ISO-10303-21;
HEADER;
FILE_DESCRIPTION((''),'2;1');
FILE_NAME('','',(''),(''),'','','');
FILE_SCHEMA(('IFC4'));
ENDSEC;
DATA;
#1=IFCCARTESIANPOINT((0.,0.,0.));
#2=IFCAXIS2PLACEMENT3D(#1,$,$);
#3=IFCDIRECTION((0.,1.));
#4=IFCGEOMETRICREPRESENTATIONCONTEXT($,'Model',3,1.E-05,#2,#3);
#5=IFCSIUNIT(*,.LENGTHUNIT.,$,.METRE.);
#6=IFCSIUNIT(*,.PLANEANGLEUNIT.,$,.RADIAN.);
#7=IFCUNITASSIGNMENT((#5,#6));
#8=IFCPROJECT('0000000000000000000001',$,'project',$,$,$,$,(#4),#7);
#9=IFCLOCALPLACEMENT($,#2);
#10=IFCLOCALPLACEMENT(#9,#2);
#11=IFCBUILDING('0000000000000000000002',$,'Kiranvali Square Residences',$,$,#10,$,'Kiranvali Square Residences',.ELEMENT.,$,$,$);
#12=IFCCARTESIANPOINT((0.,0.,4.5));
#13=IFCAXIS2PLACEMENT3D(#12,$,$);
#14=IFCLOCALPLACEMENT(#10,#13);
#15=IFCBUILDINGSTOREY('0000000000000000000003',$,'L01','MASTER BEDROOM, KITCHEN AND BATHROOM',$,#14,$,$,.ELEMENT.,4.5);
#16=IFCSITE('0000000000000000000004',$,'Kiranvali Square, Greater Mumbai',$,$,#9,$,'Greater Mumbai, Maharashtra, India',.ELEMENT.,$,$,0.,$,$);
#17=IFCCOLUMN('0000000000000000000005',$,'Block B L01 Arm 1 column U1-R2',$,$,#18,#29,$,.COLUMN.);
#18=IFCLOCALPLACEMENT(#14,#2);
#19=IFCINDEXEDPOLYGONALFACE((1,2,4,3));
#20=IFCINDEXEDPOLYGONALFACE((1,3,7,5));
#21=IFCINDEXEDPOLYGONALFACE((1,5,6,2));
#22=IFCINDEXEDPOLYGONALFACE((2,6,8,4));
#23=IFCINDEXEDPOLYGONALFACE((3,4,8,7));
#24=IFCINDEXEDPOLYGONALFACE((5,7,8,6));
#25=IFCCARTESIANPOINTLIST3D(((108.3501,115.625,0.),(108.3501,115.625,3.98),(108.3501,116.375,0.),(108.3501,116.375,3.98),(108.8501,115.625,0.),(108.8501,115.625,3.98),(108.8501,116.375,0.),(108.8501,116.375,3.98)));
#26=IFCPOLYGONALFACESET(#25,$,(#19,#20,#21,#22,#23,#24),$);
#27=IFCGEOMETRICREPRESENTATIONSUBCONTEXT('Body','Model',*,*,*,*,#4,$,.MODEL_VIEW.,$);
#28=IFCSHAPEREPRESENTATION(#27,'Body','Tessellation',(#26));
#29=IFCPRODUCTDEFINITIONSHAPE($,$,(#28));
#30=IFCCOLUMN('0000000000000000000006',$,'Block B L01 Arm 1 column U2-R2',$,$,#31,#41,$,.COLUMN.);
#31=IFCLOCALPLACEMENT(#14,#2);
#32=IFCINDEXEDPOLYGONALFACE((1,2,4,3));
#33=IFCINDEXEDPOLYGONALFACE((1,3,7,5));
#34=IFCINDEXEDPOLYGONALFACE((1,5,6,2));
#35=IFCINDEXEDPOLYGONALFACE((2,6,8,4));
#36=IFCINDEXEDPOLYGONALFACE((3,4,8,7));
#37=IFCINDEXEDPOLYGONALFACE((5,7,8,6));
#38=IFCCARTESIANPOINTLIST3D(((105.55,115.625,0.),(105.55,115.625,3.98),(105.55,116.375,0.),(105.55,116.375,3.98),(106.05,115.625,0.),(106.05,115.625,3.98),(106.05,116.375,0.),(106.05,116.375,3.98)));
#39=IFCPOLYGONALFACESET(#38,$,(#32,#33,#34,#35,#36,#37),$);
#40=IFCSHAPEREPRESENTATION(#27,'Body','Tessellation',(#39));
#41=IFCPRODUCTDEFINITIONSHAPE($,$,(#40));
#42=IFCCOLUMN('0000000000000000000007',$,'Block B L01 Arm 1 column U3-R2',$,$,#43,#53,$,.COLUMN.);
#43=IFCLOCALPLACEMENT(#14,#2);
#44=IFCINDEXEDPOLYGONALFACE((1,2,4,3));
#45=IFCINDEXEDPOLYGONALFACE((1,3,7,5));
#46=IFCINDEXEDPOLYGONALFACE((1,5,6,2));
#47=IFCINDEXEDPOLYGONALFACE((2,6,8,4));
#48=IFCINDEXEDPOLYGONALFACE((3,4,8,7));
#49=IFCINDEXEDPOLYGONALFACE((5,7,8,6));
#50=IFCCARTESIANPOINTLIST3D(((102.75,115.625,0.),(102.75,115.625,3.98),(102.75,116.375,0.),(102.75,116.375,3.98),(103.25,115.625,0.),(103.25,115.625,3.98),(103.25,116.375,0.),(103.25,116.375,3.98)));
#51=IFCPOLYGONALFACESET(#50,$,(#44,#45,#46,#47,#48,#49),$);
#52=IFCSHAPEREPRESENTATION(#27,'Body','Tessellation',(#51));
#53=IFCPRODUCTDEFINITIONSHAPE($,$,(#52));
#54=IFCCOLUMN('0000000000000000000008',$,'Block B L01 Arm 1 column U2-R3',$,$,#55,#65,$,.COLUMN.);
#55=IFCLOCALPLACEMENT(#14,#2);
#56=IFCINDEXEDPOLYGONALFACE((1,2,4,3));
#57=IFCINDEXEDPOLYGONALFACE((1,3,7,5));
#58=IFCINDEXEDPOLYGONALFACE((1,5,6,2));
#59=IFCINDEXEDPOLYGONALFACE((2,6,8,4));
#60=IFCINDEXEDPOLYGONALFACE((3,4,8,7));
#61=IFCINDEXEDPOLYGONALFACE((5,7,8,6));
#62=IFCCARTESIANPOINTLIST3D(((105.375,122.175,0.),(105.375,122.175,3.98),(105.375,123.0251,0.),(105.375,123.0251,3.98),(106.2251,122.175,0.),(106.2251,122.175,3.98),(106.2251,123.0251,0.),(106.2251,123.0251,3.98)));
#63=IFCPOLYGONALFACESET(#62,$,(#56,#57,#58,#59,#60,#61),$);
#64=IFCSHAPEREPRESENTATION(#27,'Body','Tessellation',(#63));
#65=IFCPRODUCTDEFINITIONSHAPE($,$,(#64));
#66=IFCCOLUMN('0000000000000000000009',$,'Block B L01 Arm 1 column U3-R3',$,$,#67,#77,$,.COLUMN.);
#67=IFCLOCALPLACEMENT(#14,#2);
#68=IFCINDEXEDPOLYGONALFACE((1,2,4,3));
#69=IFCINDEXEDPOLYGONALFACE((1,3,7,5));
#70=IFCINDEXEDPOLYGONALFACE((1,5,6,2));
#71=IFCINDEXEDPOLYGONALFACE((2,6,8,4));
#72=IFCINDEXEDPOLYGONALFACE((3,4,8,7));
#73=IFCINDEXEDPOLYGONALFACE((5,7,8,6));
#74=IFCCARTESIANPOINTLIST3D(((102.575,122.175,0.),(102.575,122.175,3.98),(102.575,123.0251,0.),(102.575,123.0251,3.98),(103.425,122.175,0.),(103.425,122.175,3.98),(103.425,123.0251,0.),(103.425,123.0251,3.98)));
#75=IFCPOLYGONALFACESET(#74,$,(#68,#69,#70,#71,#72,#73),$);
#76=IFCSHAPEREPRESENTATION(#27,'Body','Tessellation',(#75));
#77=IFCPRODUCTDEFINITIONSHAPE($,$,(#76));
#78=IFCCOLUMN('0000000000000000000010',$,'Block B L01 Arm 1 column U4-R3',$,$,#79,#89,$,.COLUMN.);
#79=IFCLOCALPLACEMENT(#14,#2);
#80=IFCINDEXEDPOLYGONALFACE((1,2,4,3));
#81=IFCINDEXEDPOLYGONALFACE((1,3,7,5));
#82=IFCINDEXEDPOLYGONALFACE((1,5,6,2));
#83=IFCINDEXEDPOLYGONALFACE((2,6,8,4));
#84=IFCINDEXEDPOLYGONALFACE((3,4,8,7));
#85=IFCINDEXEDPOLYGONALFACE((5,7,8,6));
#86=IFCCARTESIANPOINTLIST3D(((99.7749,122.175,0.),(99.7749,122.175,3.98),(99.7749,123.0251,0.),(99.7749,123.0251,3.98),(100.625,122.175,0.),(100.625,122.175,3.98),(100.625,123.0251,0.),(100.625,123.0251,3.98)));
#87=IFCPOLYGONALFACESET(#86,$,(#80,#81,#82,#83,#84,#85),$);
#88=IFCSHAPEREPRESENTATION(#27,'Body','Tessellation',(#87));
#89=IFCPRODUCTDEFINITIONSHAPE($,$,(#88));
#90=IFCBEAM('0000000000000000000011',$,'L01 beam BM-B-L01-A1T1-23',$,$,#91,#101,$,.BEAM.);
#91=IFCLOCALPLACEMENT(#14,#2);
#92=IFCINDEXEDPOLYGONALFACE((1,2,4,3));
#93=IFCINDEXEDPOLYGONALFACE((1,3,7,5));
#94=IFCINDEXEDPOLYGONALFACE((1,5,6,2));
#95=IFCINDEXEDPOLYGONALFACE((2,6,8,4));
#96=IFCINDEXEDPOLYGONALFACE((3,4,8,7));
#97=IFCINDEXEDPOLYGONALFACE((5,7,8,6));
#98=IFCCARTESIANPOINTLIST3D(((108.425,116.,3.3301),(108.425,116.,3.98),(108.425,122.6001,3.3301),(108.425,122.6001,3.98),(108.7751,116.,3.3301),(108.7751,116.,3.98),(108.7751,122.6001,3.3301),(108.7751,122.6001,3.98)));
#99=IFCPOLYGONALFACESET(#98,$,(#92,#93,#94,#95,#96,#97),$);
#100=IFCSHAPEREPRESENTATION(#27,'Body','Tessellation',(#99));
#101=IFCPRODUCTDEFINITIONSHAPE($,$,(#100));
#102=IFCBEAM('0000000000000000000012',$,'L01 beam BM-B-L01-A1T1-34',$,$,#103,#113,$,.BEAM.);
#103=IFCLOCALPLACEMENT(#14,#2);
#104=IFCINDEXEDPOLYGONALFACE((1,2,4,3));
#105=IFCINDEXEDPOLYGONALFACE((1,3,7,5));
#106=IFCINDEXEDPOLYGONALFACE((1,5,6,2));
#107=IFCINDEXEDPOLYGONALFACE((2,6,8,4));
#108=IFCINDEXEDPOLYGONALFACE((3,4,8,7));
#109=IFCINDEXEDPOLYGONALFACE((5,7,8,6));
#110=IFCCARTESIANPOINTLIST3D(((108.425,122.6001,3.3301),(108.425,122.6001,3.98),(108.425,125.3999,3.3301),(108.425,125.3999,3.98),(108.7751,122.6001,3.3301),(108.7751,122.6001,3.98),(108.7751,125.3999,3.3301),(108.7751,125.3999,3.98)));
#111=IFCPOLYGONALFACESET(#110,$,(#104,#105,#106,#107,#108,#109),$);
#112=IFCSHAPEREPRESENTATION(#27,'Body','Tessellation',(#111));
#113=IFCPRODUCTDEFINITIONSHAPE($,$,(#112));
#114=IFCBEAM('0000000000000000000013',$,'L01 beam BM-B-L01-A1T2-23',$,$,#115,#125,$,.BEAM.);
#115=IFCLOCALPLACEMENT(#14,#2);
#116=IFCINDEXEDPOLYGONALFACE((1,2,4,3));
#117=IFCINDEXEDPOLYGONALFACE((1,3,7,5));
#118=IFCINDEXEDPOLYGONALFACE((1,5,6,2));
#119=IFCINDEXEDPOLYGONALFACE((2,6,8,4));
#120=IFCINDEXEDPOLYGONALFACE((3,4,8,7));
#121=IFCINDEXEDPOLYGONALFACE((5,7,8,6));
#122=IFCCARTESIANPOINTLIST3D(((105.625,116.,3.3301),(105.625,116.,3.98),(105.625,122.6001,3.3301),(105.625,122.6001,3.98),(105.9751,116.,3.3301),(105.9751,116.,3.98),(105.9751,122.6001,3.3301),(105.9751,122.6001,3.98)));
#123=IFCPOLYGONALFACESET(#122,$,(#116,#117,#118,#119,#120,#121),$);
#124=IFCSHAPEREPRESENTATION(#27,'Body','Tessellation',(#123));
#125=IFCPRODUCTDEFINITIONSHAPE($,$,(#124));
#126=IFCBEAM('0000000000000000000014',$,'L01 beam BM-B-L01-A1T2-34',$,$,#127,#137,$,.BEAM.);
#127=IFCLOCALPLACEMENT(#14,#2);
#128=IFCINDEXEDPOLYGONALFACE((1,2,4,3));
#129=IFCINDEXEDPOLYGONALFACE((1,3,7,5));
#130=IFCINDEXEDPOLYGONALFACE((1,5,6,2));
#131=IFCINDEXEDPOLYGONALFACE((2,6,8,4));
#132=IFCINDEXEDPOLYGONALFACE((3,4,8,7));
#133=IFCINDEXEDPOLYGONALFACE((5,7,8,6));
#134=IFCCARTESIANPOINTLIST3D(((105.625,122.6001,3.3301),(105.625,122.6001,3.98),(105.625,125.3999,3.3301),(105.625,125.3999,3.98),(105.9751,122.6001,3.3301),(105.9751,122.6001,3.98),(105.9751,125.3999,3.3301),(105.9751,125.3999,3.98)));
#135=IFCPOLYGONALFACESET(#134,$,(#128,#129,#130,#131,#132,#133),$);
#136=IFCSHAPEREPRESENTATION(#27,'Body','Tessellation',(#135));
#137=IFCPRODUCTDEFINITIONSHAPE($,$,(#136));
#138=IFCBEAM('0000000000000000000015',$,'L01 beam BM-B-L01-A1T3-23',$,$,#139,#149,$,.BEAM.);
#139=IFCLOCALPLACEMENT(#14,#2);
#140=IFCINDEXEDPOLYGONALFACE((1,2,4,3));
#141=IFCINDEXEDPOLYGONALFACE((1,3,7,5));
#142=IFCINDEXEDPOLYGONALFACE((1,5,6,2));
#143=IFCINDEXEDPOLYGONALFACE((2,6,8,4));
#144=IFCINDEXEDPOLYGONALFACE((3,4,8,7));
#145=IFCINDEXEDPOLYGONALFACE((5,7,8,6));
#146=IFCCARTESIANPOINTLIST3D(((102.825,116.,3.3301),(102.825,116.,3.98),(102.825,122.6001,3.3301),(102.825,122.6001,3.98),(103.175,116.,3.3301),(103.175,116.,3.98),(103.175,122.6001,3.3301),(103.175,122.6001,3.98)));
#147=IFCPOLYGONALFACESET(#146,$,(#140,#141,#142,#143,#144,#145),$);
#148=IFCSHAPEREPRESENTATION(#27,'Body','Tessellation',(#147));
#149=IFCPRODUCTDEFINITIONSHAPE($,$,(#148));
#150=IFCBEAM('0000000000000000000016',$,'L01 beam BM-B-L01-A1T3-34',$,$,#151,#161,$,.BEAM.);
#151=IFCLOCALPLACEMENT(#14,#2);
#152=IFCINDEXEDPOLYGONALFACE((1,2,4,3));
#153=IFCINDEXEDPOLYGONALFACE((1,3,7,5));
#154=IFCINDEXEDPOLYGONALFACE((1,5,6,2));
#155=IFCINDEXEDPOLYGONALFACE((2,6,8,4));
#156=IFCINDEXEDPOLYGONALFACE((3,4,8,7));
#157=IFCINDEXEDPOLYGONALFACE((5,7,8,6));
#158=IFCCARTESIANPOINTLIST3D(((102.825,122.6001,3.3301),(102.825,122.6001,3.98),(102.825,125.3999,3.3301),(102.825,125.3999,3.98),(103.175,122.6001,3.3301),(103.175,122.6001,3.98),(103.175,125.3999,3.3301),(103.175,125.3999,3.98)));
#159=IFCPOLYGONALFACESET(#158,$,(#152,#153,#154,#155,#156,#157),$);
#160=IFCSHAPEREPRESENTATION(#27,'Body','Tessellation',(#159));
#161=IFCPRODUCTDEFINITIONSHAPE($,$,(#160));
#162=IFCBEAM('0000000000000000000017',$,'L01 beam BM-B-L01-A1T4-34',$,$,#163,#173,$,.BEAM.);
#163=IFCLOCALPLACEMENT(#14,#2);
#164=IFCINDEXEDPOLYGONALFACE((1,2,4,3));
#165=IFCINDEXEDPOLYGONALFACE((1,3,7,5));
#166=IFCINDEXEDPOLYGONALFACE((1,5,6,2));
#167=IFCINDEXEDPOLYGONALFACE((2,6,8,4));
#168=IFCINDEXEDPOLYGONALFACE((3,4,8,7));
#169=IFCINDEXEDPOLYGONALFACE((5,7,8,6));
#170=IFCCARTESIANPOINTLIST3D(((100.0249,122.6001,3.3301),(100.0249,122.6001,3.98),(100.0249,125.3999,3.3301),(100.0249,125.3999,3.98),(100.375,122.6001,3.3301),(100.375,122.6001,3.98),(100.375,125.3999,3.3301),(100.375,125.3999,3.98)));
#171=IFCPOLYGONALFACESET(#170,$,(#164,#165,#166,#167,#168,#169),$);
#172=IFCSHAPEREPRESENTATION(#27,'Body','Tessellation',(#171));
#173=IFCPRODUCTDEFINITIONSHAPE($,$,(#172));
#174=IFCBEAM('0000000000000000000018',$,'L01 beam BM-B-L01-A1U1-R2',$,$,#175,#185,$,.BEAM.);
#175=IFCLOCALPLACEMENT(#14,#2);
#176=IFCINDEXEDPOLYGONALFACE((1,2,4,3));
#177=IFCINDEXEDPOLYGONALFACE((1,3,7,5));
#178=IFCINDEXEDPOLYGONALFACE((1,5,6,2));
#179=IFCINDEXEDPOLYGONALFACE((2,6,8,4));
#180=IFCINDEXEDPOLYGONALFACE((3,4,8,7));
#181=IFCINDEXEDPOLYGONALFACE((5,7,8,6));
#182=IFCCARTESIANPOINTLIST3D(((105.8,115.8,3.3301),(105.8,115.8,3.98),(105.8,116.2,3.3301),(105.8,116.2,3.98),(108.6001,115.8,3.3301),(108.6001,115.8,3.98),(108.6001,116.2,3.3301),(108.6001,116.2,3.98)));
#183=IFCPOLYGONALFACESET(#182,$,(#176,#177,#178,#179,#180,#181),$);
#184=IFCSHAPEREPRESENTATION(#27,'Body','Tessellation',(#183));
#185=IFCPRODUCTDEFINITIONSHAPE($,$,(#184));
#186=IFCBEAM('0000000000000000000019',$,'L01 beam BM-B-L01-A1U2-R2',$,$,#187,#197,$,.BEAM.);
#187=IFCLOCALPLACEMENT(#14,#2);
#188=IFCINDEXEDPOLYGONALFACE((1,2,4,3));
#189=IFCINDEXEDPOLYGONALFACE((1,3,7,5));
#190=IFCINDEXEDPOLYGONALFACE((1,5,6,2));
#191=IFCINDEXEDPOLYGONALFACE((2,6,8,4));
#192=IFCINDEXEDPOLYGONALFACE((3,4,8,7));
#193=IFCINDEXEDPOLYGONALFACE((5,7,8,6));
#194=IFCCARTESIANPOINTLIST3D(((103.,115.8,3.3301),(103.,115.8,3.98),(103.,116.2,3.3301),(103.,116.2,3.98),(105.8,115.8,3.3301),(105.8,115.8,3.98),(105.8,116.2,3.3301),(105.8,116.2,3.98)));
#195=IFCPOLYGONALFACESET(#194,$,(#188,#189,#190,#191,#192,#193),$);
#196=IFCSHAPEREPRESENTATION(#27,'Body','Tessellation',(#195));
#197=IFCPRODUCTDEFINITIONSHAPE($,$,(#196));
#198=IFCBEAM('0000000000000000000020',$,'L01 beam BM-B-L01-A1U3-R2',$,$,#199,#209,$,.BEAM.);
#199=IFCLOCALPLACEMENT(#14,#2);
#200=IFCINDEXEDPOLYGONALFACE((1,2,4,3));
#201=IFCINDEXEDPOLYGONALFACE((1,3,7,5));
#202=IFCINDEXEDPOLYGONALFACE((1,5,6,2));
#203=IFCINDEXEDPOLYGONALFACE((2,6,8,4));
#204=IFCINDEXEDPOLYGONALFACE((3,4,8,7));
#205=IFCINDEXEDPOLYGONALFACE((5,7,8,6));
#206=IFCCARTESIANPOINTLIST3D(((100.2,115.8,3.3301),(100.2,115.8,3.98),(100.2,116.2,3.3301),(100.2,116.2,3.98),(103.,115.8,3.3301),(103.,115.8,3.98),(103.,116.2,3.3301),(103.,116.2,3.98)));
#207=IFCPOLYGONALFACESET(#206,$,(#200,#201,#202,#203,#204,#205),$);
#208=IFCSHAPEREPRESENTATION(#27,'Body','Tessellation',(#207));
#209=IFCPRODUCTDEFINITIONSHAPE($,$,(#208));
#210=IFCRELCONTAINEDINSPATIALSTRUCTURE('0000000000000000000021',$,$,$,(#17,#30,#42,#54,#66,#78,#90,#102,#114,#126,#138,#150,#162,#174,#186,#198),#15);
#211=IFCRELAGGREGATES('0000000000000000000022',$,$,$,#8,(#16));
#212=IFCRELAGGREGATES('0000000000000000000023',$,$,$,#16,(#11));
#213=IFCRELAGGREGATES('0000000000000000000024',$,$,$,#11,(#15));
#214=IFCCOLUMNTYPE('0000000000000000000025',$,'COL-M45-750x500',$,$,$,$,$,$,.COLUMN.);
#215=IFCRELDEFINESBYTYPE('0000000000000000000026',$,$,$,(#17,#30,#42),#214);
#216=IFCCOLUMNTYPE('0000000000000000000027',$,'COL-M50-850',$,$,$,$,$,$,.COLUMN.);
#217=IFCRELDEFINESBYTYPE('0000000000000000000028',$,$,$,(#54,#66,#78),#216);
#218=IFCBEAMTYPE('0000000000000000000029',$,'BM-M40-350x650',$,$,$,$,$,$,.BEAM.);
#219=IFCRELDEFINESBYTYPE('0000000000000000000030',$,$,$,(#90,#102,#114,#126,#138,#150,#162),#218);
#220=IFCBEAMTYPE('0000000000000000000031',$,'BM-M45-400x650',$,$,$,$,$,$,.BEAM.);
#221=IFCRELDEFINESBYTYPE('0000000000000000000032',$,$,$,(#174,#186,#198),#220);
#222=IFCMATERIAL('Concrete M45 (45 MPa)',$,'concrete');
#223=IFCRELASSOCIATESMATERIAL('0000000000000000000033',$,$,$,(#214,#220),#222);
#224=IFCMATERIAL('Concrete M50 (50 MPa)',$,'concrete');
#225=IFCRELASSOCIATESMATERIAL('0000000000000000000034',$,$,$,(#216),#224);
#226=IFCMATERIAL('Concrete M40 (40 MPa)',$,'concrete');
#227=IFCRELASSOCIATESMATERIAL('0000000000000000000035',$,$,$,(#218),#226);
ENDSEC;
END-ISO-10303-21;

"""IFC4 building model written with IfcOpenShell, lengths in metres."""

from ifc_helpers import new_model, si_unit, direction, frame, origin, origin_2d, place, context, subcontext, project, spatial, rectangle, extrude, material, material_profile, profile_set, type_object, element, save


model = new_model("IFC4")

# Units and contexts
model_context = context("Model", 3, precision=1e-05, world=origin(), true_north=direction((0.0, 1.0)))
body_context = subcontext(model_context, "Body", "Model", "MODEL_VIEW")
ifc_project = project(units=[si_unit("LENGTHUNIT", "METRE"), si_unit("PLANEANGLEUNIT", "RADIAN")], contexts=[model_context])

# Site, building, storey
site_placement = place(None, origin())
site = spatial("IfcSite", under=ifc_project, at=site_placement, Name="Kiranvali Square, Greater Mumbai", LongName="Greater Mumbai, Maharashtra, India", CompositionType="ELEMENT", RefElevation=0.0)
building_placement = place(site_placement, origin())
building = spatial("IfcBuilding", under=site, at=building_placement, Name="Kiranvali Square Residences", LongName="Kiranvali Square Residences", CompositionType="ELEMENT")
storey_placement = place(building_placement, frame((0.0, 0.0, 4.5)))
storey = spatial("IfcBuildingStorey", under=building, at=storey_placement, Name="L01", Description="MASTER BEDROOM, KITCHEN AND BATHROOM", CompositionType="ELEMENT", Elevation=4.5)

# Columns
ifc_material_1 = material(Name="Concrete M45 (45 MPa)", Category="concrete")
ifc_material_profile_1 = material_profile(ifc_material_1, rectangle(XDim=0.5, YDim=0.75, at=origin_2d()), Name="RC 750x500")
ifc_profile_set_1 = profile_set([ifc_material_profile_1], Name="Concrete M45 (45 MPa)")
column_type_1 = type_object("IfcColumnType", Name="COL-M45-750x500", PredefinedType="COLUMN", material=ifc_profile_set_1)
for number, where, z_axis, x_axis, name in (
    (1, (108.6001, 116.0, 0.0), (0.0, 0.0, 1.0), (1.0, 0.0, 0.0), "Block B L01 Arm 1 column U1-R2"),
    (2, (105.8, 116.0, 0.0), (0.0, 0.0, 1.0), (1.0, 0.0, 0.0), "Block B L01 Arm 1 column U2-R2"),
    (3, (103.0, 116.0, 0.0), (0.0, 0.0, 1.0), (1.0, 0.0, 0.0), "Block B L01 Arm 1 column U3-R2"),
):
    element("IfcColumn", number, at=place(storey_placement, frame(where, z_axis=z_axis, x_axis=x_axis)), inside=storey, type_object=column_type_1, Name=name, PredefinedType="COLUMN", context=body_context, shape_type="SweptSolid", body=[
        extrude(rectangle(XDim=0.5, YDim=0.75, at=origin_2d()), origin(), (0.0, 0.0, 1.0), 3.98),
    ])
ifc_material_2 = material(Name="Concrete M50 (50 MPa)", Category="concrete")
ifc_material_profile_2 = material_profile(ifc_material_2, rectangle(XDim=0.8501, YDim=0.8501, at=origin_2d()), Name="RC 850x850")
ifc_profile_set_2 = profile_set([ifc_material_profile_2], Name="Concrete M50 (50 MPa)")
column_type_2 = type_object("IfcColumnType", Name="COL-M50-850", PredefinedType="COLUMN", material=ifc_profile_set_2)
for number, where, z_axis, x_axis, name in (
    (4, (105.8, 122.6001, 0.0), (0.0, 0.0, 1.0), (1.0, 0.0, 0.0), "Block B L01 Arm 1 column U2-R3"),
    (5, (103.0, 122.6001, 0.0), (0.0, 0.0, 1.0), (1.0, 0.0, 0.0), "Block B L01 Arm 1 column U3-R3"),
    (6, (100.2, 122.6001, 0.0), (0.0, 0.0, 1.0), (1.0, 0.0, 0.0), "Block B L01 Arm 1 column U4-R3"),
):
    element("IfcColumn", number, at=place(storey_placement, frame(where, z_axis=z_axis, x_axis=x_axis)), inside=storey, type_object=column_type_2, Name=name, PredefinedType="COLUMN", context=body_context, shape_type="SweptSolid", body=[
        extrude(rectangle(XDim=0.8501, YDim=0.8501, at=origin_2d()), origin(), (0.0, 0.0, 1.0), 3.98),
    ])

# Beams
ifc_material_3 = material(Name="Concrete M40 (40 MPa)", Category="concrete")
ifc_material_profile_3 = material_profile(ifc_material_3, rectangle(XDim=0.3501, YDim=0.6499, at=origin_2d()), Name="RC 350x650")
ifc_profile_set_3 = profile_set([ifc_material_profile_3], Name="Concrete M40 (40 MPa)")
beam_type_1 = type_object("IfcBeamType", Name="BM-M40-350x650", PredefinedType="BEAM", material=ifc_profile_set_3)
beam_1_placement = place(storey_placement, frame((108.6001, 116.0, 3.655), z_axis=(0.0, 1.0, 0.0), x_axis=(-1.0, 0.0, 0.0)))
element("IfcBeam", 7, at=beam_1_placement, inside=storey, type_object=beam_type_1, Name="L01 beam BM-B-L01-A1T1-23", PredefinedType="BEAM", context=body_context, shape_type="SweptSolid", body=[
    extrude(rectangle(XDim=0.3501, YDim=0.6499, at=origin_2d()), origin(), (0.0, 0.0, 1.0), 6.6001),
])
beam_2_placement = place(storey_placement, frame((108.6001, 122.6001, 3.655), z_axis=(0.0, 1.0, 0.0), x_axis=(-1.0, 0.0, 0.0)))
element("IfcBeam", 8, at=beam_2_placement, inside=storey, type_object=beam_type_1, Name="L01 beam BM-B-L01-A1T1-34", PredefinedType="BEAM", context=body_context, shape_type="SweptSolid", body=[
    extrude(rectangle(XDim=0.3501, YDim=0.6499, at=origin_2d()), origin(), (0.0, 0.0, 1.0), 2.7998),
])
beam_3_placement = place(storey_placement, frame((105.8, 116.0, 3.655), z_axis=(0.0, 1.0, 0.0), x_axis=(-1.0, 0.0, 0.0)))
element("IfcBeam", 9, at=beam_3_placement, inside=storey, type_object=beam_type_1, Name="L01 beam BM-B-L01-A1T2-23", PredefinedType="BEAM", context=body_context, shape_type="SweptSolid", body=[
    extrude(rectangle(XDim=0.3501, YDim=0.6499, at=origin_2d()), origin(), (0.0, 0.0, 1.0), 6.6001),
])
beam_4_placement = place(storey_placement, frame((105.8, 122.6001, 3.655), z_axis=(0.0, 1.0, 0.0), x_axis=(-1.0, 0.0, 0.0)))
element("IfcBeam", 10, at=beam_4_placement, inside=storey, type_object=beam_type_1, Name="L01 beam BM-B-L01-A1T2-34", PredefinedType="BEAM", context=body_context, shape_type="SweptSolid", body=[
    extrude(rectangle(XDim=0.3501, YDim=0.6499, at=origin_2d()), origin(), (0.0, 0.0, 1.0), 2.7998),
])
beam_5_placement = place(storey_placement, frame((103.0, 116.0, 3.655), z_axis=(0.0, 1.0, 0.0), x_axis=(-1.0, 0.0, 0.0)))
element("IfcBeam", 11, at=beam_5_placement, inside=storey, type_object=beam_type_1, Name="L01 beam BM-B-L01-A1T3-23", PredefinedType="BEAM", context=body_context, shape_type="SweptSolid", body=[
    extrude(rectangle(XDim=0.3501, YDim=0.6499, at=origin_2d()), origin(), (0.0, 0.0, 1.0), 6.6001),
])
for number, where, z_axis, x_axis, name in (
    (12, (103.0, 122.6001, 3.655), (0.0, 1.0, 0.0), (-1.0, 0.0, 0.0), "L01 beam BM-B-L01-A1T3-34"),
    (13, (100.2, 122.6001, 3.655), (0.0, 1.0, 0.0), (-1.0, 0.0, 0.0), "L01 beam BM-B-L01-A1T4-34"),
):
    element("IfcBeam", number, at=place(storey_placement, frame(where, z_axis=z_axis, x_axis=x_axis)), inside=storey, type_object=beam_type_1, Name=name, PredefinedType="BEAM", context=body_context, shape_type="SweptSolid", body=[
        extrude(rectangle(XDim=0.3501, YDim=0.6499, at=origin_2d()), origin(), (0.0, 0.0, 1.0), 2.7998),
    ])
ifc_material_profile_4 = material_profile(ifc_material_1, rectangle(XDim=0.3999, YDim=0.6499, at=origin_2d()), Name="RC 400x650")
ifc_profile_set_4 = profile_set([ifc_material_profile_4], Name="Concrete M45 (45 MPa)")
beam_type_2 = type_object("IfcBeamType", Name="BM-M45-400x650", PredefinedType="BEAM", material=ifc_profile_set_4)
for number, where, z_axis, x_axis, name in (
    (14, (108.6001, 116.0, 3.655), (-1.0, 0.0, 0.0), (0.0, -1.0, 0.0), "L01 beam BM-B-L01-A1U1-R2"),
    (15, (105.8, 116.0, 3.655), (-1.0, 0.0, 0.0), (0.0, -1.0, 0.0), "L01 beam BM-B-L01-A1U2-R2"),
    (16, (103.0, 116.0, 3.655), (-1.0, 0.0, 0.0), (0.0, -1.0, 0.0), "L01 beam BM-B-L01-A1U3-R2"),
):
    element("IfcBeam", number, at=place(storey_placement, frame(where, z_axis=z_axis, x_axis=x_axis)), inside=storey, type_object=beam_type_2, Name=name, PredefinedType="BEAM", context=body_context, shape_type="SweptSolid", body=[
        extrude(rectangle(XDim=0.3999, YDim=0.6499, at=origin_2d()), origin(), (0.0, 0.0, 1.0), 2.8),
    ])

save(model, "model.ifc")
